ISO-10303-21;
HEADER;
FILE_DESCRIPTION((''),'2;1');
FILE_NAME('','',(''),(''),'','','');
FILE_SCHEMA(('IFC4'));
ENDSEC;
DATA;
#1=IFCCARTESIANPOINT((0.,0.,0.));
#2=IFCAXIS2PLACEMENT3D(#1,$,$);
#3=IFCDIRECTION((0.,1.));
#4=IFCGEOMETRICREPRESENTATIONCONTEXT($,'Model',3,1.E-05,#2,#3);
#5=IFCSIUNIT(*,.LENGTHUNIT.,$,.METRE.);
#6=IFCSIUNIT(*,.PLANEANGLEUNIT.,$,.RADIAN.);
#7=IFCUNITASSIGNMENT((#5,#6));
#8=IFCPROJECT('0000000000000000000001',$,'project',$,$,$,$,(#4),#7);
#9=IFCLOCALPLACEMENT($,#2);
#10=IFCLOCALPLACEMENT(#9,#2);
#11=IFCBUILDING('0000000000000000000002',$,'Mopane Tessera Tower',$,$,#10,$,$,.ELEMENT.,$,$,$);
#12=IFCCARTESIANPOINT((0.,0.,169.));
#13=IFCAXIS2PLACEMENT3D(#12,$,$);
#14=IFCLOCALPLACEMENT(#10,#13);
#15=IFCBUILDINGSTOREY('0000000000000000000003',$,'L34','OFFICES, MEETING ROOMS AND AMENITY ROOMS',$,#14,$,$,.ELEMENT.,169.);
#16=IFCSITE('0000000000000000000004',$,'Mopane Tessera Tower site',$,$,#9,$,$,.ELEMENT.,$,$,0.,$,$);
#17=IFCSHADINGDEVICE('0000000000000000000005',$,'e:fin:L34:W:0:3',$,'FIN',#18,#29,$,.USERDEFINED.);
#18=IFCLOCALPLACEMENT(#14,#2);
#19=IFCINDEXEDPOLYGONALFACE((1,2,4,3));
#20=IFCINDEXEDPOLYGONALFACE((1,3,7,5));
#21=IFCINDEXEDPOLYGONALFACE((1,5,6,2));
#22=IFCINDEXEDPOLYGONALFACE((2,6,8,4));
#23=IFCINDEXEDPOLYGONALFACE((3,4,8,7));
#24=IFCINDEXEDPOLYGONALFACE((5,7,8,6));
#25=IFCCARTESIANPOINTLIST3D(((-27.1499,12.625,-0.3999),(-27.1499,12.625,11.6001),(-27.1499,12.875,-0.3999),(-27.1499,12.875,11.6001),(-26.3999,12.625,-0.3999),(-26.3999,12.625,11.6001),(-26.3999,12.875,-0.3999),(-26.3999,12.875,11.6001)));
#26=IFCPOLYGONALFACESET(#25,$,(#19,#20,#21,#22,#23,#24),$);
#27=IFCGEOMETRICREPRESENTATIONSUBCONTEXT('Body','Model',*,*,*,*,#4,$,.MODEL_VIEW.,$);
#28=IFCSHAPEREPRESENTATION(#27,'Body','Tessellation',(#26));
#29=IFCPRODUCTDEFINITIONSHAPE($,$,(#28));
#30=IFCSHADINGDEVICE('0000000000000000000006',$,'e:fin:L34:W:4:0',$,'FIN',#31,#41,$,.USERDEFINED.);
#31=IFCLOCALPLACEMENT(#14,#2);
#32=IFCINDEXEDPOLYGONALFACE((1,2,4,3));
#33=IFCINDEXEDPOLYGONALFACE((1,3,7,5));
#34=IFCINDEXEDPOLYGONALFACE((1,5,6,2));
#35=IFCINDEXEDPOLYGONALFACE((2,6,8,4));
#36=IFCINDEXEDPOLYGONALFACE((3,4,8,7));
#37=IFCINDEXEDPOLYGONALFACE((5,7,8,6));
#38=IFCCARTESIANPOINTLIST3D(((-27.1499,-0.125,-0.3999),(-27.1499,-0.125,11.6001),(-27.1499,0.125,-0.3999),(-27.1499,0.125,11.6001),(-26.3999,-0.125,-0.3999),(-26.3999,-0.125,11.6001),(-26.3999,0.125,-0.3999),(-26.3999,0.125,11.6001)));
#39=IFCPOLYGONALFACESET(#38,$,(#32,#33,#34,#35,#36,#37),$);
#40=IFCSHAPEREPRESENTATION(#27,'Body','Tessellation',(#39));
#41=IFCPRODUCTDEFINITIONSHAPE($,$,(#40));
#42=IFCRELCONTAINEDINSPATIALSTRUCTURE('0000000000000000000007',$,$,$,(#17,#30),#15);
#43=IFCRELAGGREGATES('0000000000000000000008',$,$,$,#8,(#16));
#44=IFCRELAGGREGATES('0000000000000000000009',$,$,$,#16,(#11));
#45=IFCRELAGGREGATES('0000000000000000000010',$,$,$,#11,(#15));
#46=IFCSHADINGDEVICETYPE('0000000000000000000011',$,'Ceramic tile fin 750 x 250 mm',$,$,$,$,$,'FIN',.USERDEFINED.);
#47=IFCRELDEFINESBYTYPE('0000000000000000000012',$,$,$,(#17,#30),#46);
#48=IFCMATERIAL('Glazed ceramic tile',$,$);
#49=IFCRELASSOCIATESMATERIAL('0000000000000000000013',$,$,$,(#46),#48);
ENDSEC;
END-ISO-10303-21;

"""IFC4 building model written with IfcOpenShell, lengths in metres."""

from ifc_helpers import new_model, si_unit, direction, frame, origin, origin_2d, place, context, subcontext, project, spatial, rectangle, extrude, material, type_object, element, save


model = new_model("IFC4")

# Units and contexts
model_context = context("Model", 3, precision=1e-05, world=origin(), true_north=direction((0.0, 1.0)))
body_context = subcontext(model_context, "Body", "Model", "MODEL_VIEW")
ifc_project = project(units=[si_unit("LENGTHUNIT", "METRE"), si_unit("PLANEANGLEUNIT", "RADIAN")], contexts=[model_context])

# Site, building, storey
site_placement = place(None, origin())
site = spatial("IfcSite", under=ifc_project, at=site_placement, Name="Mopane Tessera Tower site", CompositionType="ELEMENT", RefElevation=0.0)
building_placement = place(site_placement, origin())
building = spatial("IfcBuilding", under=site, at=building_placement, Name="Mopane Tessera Tower", CompositionType="ELEMENT")
storey_placement = place(building_placement, frame((0.0, 0.0, 169.0)))
storey = spatial("IfcBuildingStorey", under=building, at=storey_placement, Name="L34", Description="OFFICES, MEETING ROOMS AND AMENITY ROOMS", CompositionType="ELEMENT", Elevation=169.0)

# Shading devices
ifc_material_1 = material(Name="Glazed ceramic tile")
shading_device_type = type_object("IfcShadingDeviceType", Name="Ceramic tile fin 750 x 250 mm", ElementType="FIN", PredefinedType="USERDEFINED", material=ifc_material_1)
for number, where, z_axis, x_axis, name in (
    (1, (-26.7749, 12.75, -0.3999), (0.0, 0.0, 1.0), (0.0, -1.0, 0.0), "e:fin:L34:W:0:3"),
    (2, (-26.7749, 0.0, -0.3999), (0.0, 0.0, 1.0), (0.0, -1.0, 0.0), "e:fin:L34:W:4:0"),
):
    element("IfcShadingDevice", number, at=place(storey_placement, frame(where, z_axis=z_axis, x_axis=x_axis)), inside=storey, type_object=shading_device_type, Name=name, ObjectType="FIN", PredefinedType="USERDEFINED", context=body_context, shape_type="SweptSolid", body=[
        extrude(rectangle(XDim=0.25, YDim=0.75, at=origin_2d()), origin(), (0.0, 0.0, 1.0), 12.0),
    ])

save(model, "model.ifc")
